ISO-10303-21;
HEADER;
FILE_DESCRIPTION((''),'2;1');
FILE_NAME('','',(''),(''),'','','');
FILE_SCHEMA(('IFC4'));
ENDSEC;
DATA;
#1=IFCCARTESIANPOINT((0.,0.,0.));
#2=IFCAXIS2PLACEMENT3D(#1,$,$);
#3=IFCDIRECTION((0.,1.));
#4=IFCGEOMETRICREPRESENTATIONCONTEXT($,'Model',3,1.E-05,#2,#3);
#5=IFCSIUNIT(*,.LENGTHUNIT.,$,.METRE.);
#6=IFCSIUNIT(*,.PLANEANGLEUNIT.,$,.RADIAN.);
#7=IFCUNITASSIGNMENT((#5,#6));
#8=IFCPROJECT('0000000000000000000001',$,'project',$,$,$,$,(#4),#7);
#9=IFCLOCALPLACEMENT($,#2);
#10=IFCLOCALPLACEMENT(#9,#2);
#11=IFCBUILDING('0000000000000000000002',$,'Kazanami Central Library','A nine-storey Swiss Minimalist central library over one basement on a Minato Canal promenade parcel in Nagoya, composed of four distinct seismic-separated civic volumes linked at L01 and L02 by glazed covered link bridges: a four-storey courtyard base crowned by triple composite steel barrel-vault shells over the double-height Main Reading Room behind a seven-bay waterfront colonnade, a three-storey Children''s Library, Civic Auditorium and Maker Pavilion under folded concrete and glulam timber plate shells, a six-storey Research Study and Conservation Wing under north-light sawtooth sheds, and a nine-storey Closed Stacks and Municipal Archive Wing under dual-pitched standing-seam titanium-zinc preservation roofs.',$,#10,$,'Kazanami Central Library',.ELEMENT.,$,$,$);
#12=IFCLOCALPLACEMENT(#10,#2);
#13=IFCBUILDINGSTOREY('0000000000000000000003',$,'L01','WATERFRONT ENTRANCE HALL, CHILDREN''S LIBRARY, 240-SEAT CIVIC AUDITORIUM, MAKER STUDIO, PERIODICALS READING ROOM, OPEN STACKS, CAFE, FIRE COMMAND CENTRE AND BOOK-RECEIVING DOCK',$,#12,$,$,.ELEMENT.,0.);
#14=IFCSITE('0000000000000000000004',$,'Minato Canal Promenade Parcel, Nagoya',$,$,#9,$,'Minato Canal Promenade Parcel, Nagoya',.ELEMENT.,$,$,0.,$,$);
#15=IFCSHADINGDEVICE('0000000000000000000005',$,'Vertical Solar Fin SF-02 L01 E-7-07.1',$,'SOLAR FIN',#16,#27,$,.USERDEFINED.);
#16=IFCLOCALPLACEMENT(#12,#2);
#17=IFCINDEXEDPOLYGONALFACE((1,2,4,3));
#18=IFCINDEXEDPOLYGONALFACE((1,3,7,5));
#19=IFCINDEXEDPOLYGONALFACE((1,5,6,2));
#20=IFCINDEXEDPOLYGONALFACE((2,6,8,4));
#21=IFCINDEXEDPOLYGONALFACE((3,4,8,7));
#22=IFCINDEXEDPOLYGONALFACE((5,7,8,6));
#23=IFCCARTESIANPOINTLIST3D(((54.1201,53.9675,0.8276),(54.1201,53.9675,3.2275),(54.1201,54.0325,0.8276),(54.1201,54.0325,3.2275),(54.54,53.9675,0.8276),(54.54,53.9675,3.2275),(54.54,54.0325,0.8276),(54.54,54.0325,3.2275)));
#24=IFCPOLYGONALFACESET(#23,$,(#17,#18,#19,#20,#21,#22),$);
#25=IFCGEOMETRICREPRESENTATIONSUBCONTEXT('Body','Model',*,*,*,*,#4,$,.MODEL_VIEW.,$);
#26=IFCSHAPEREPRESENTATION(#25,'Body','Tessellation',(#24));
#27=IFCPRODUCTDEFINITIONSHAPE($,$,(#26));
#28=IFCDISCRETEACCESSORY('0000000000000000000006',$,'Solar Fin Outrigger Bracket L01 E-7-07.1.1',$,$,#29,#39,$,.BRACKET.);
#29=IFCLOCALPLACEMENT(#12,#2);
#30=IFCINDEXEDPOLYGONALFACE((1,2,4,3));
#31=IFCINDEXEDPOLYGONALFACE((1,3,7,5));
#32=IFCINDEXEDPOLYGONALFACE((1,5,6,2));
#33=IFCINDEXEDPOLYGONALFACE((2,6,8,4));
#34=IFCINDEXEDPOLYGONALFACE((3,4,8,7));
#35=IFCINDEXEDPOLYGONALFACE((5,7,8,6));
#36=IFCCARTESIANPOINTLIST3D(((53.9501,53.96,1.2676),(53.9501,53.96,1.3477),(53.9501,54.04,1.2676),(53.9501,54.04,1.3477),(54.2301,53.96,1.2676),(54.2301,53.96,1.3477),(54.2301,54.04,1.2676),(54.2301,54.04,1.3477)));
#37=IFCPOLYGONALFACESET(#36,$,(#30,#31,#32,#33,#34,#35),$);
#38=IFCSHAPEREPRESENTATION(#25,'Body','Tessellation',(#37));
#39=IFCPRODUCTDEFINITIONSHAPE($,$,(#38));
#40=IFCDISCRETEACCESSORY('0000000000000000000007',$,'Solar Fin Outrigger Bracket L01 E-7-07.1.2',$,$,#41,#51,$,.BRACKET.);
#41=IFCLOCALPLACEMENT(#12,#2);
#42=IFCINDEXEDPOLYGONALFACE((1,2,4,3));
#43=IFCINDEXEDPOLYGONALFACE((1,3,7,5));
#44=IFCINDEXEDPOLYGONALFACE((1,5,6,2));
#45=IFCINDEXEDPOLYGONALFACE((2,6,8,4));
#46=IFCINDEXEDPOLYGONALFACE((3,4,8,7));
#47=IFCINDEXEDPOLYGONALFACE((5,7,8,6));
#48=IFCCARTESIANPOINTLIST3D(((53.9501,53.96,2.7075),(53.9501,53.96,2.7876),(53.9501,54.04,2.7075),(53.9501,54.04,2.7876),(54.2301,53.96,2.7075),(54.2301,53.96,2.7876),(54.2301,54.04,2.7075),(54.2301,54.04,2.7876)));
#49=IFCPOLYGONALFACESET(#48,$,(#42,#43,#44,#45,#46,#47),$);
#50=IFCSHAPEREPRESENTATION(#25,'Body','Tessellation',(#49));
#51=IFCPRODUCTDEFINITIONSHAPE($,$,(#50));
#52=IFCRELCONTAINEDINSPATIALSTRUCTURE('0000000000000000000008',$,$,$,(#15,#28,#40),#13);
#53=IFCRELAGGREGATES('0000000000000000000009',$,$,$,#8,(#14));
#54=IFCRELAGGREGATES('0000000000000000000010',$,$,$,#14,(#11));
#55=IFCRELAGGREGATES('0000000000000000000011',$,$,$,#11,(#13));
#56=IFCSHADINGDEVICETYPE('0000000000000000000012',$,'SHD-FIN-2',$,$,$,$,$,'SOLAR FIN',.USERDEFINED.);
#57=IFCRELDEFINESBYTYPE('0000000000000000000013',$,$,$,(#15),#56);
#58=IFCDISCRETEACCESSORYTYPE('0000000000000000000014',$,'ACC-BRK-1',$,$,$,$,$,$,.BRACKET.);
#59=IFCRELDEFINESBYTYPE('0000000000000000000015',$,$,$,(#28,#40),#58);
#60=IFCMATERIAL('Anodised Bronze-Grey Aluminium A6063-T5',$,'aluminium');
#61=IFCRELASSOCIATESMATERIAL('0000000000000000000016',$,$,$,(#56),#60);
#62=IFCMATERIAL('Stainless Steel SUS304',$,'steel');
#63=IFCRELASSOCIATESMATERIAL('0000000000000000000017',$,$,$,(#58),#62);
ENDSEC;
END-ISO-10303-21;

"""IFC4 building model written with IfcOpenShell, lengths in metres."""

from ifc_helpers import new_model, si_unit, direction, frame, origin, origin_2d, place, context, subcontext, project, spatial, rectangle, extrude, material, type_object, element, save


model = new_model("IFC4")

# Units and contexts
model_context = context("Model", 3, precision=1e-05, world=origin(), true_north=direction((0.0, 1.0)))
body_context = subcontext(model_context, "Body", "Model", "MODEL_VIEW")
ifc_project = project(units=[si_unit("LENGTHUNIT", "METRE"), si_unit("PLANEANGLEUNIT", "RADIAN")], contexts=[model_context])

# Site, building, storey
site_placement = place(None, origin())
site = spatial("IfcSite", under=ifc_project, at=site_placement, Name="Minato Canal Promenade Parcel, Nagoya", LongName="Minato Canal Promenade Parcel, Nagoya", CompositionType="ELEMENT", RefElevation=0.0)
building_placement = place(site_placement, origin())
building = spatial("IfcBuilding", under=site, at=building_placement, Name="Kazanami Central Library", Description="A nine-storey Swiss Minimalist central library over one basement on a Minato Canal promenade parcel in Nagoya, composed of four distinct seismic-separated civic volumes linked at L01 and L02 by glazed covered link bridges: a four-storey courtyard base crowned by triple composite steel barrel-vault shells over the double-height Main Reading Room behind a seven-bay waterfront colonnade, a three-storey Children's Library, Civic Auditorium and Maker Pavilion under folded concrete and glulam timber plate shells, a six-storey Research Study and Conservation Wing under north-light sawtooth sheds, and a nine-storey Closed Stacks and Municipal Archive Wing under dual-pitched standing-seam titanium-zinc preservation roofs.", LongName="Kazanami Central Library", CompositionType="ELEMENT")
storey_placement = place(building_placement, origin())
storey = spatial("IfcBuildingStorey", under=building, at=storey_placement, Name="L01", Description="WATERFRONT ENTRANCE HALL, CHILDREN'S LIBRARY, 240-SEAT CIVIC AUDITORIUM, MAKER STUDIO, PERIODICALS READING ROOM, OPEN STACKS, CAFE, FIRE COMMAND CENTRE AND BOOK-RECEIVING DOCK", CompositionType="ELEMENT", Elevation=0.0)

# Shading device
ifc_material_1 = material(Name="Anodised Bronze-Grey Aluminium A6063-T5", Category="aluminium")
shading_device_type = type_object("IfcShadingDeviceType", Name="SHD-FIN-2", ElementType="SOLAR FIN", PredefinedType="USERDEFINED", material=ifc_material_1)
shading_device_placement = place(storey_placement, frame((54.3301, 54.0, 0.8276), z_axis=(0.0, 0.0, 1.0), x_axis=(0.0, -1.0, 0.0)))
element("IfcShadingDevice", 1, at=shading_device_placement, inside=storey, type_object=shading_device_type, Name="Vertical Solar Fin SF-02 L01 E-7-07.1", ObjectType="SOLAR FIN", PredefinedType="USERDEFINED", context=body_context, shape_type="SweptSolid", body=[
    extrude(rectangle(XDim=0.0649, YDim=0.4199, at=origin_2d()), origin(), (0.0, 0.0, 1.0), 2.3999),
])

# Discrete accessories
ifc_material_2 = material(Name="Stainless Steel SUS304", Category="steel")
discrete_accessory_type = type_object("IfcDiscreteAccessoryType", Name="ACC-BRK-1", PredefinedType="BRACKET", material=ifc_material_2)
for number, where, z_axis, x_axis, name in (
    (2, (54.0901, 54.0, 1.2676), (0.0, 0.0, 1.0), (0.0, -1.0, 0.0), "Solar Fin Outrigger Bracket L01 E-7-07.1.1"),
    (3, (54.0901, 54.0, 2.7075), (0.0, 0.0, 1.0), (0.0, -1.0, 0.0), "Solar Fin Outrigger Bracket L01 E-7-07.1.2"),
):
    element("IfcDiscreteAccessory", number, at=place(storey_placement, frame(where, z_axis=z_axis, x_axis=x_axis)), inside=storey, type_object=discrete_accessory_type, Name=name, PredefinedType="BRACKET", context=body_context, shape_type="SweptSolid", body=[
        extrude(rectangle(XDim=0.0801, YDim=0.28, at=origin_2d()), origin(), (0.0, 0.0, 1.0), 0.0801),
    ])

save(model, "model.ifc")
